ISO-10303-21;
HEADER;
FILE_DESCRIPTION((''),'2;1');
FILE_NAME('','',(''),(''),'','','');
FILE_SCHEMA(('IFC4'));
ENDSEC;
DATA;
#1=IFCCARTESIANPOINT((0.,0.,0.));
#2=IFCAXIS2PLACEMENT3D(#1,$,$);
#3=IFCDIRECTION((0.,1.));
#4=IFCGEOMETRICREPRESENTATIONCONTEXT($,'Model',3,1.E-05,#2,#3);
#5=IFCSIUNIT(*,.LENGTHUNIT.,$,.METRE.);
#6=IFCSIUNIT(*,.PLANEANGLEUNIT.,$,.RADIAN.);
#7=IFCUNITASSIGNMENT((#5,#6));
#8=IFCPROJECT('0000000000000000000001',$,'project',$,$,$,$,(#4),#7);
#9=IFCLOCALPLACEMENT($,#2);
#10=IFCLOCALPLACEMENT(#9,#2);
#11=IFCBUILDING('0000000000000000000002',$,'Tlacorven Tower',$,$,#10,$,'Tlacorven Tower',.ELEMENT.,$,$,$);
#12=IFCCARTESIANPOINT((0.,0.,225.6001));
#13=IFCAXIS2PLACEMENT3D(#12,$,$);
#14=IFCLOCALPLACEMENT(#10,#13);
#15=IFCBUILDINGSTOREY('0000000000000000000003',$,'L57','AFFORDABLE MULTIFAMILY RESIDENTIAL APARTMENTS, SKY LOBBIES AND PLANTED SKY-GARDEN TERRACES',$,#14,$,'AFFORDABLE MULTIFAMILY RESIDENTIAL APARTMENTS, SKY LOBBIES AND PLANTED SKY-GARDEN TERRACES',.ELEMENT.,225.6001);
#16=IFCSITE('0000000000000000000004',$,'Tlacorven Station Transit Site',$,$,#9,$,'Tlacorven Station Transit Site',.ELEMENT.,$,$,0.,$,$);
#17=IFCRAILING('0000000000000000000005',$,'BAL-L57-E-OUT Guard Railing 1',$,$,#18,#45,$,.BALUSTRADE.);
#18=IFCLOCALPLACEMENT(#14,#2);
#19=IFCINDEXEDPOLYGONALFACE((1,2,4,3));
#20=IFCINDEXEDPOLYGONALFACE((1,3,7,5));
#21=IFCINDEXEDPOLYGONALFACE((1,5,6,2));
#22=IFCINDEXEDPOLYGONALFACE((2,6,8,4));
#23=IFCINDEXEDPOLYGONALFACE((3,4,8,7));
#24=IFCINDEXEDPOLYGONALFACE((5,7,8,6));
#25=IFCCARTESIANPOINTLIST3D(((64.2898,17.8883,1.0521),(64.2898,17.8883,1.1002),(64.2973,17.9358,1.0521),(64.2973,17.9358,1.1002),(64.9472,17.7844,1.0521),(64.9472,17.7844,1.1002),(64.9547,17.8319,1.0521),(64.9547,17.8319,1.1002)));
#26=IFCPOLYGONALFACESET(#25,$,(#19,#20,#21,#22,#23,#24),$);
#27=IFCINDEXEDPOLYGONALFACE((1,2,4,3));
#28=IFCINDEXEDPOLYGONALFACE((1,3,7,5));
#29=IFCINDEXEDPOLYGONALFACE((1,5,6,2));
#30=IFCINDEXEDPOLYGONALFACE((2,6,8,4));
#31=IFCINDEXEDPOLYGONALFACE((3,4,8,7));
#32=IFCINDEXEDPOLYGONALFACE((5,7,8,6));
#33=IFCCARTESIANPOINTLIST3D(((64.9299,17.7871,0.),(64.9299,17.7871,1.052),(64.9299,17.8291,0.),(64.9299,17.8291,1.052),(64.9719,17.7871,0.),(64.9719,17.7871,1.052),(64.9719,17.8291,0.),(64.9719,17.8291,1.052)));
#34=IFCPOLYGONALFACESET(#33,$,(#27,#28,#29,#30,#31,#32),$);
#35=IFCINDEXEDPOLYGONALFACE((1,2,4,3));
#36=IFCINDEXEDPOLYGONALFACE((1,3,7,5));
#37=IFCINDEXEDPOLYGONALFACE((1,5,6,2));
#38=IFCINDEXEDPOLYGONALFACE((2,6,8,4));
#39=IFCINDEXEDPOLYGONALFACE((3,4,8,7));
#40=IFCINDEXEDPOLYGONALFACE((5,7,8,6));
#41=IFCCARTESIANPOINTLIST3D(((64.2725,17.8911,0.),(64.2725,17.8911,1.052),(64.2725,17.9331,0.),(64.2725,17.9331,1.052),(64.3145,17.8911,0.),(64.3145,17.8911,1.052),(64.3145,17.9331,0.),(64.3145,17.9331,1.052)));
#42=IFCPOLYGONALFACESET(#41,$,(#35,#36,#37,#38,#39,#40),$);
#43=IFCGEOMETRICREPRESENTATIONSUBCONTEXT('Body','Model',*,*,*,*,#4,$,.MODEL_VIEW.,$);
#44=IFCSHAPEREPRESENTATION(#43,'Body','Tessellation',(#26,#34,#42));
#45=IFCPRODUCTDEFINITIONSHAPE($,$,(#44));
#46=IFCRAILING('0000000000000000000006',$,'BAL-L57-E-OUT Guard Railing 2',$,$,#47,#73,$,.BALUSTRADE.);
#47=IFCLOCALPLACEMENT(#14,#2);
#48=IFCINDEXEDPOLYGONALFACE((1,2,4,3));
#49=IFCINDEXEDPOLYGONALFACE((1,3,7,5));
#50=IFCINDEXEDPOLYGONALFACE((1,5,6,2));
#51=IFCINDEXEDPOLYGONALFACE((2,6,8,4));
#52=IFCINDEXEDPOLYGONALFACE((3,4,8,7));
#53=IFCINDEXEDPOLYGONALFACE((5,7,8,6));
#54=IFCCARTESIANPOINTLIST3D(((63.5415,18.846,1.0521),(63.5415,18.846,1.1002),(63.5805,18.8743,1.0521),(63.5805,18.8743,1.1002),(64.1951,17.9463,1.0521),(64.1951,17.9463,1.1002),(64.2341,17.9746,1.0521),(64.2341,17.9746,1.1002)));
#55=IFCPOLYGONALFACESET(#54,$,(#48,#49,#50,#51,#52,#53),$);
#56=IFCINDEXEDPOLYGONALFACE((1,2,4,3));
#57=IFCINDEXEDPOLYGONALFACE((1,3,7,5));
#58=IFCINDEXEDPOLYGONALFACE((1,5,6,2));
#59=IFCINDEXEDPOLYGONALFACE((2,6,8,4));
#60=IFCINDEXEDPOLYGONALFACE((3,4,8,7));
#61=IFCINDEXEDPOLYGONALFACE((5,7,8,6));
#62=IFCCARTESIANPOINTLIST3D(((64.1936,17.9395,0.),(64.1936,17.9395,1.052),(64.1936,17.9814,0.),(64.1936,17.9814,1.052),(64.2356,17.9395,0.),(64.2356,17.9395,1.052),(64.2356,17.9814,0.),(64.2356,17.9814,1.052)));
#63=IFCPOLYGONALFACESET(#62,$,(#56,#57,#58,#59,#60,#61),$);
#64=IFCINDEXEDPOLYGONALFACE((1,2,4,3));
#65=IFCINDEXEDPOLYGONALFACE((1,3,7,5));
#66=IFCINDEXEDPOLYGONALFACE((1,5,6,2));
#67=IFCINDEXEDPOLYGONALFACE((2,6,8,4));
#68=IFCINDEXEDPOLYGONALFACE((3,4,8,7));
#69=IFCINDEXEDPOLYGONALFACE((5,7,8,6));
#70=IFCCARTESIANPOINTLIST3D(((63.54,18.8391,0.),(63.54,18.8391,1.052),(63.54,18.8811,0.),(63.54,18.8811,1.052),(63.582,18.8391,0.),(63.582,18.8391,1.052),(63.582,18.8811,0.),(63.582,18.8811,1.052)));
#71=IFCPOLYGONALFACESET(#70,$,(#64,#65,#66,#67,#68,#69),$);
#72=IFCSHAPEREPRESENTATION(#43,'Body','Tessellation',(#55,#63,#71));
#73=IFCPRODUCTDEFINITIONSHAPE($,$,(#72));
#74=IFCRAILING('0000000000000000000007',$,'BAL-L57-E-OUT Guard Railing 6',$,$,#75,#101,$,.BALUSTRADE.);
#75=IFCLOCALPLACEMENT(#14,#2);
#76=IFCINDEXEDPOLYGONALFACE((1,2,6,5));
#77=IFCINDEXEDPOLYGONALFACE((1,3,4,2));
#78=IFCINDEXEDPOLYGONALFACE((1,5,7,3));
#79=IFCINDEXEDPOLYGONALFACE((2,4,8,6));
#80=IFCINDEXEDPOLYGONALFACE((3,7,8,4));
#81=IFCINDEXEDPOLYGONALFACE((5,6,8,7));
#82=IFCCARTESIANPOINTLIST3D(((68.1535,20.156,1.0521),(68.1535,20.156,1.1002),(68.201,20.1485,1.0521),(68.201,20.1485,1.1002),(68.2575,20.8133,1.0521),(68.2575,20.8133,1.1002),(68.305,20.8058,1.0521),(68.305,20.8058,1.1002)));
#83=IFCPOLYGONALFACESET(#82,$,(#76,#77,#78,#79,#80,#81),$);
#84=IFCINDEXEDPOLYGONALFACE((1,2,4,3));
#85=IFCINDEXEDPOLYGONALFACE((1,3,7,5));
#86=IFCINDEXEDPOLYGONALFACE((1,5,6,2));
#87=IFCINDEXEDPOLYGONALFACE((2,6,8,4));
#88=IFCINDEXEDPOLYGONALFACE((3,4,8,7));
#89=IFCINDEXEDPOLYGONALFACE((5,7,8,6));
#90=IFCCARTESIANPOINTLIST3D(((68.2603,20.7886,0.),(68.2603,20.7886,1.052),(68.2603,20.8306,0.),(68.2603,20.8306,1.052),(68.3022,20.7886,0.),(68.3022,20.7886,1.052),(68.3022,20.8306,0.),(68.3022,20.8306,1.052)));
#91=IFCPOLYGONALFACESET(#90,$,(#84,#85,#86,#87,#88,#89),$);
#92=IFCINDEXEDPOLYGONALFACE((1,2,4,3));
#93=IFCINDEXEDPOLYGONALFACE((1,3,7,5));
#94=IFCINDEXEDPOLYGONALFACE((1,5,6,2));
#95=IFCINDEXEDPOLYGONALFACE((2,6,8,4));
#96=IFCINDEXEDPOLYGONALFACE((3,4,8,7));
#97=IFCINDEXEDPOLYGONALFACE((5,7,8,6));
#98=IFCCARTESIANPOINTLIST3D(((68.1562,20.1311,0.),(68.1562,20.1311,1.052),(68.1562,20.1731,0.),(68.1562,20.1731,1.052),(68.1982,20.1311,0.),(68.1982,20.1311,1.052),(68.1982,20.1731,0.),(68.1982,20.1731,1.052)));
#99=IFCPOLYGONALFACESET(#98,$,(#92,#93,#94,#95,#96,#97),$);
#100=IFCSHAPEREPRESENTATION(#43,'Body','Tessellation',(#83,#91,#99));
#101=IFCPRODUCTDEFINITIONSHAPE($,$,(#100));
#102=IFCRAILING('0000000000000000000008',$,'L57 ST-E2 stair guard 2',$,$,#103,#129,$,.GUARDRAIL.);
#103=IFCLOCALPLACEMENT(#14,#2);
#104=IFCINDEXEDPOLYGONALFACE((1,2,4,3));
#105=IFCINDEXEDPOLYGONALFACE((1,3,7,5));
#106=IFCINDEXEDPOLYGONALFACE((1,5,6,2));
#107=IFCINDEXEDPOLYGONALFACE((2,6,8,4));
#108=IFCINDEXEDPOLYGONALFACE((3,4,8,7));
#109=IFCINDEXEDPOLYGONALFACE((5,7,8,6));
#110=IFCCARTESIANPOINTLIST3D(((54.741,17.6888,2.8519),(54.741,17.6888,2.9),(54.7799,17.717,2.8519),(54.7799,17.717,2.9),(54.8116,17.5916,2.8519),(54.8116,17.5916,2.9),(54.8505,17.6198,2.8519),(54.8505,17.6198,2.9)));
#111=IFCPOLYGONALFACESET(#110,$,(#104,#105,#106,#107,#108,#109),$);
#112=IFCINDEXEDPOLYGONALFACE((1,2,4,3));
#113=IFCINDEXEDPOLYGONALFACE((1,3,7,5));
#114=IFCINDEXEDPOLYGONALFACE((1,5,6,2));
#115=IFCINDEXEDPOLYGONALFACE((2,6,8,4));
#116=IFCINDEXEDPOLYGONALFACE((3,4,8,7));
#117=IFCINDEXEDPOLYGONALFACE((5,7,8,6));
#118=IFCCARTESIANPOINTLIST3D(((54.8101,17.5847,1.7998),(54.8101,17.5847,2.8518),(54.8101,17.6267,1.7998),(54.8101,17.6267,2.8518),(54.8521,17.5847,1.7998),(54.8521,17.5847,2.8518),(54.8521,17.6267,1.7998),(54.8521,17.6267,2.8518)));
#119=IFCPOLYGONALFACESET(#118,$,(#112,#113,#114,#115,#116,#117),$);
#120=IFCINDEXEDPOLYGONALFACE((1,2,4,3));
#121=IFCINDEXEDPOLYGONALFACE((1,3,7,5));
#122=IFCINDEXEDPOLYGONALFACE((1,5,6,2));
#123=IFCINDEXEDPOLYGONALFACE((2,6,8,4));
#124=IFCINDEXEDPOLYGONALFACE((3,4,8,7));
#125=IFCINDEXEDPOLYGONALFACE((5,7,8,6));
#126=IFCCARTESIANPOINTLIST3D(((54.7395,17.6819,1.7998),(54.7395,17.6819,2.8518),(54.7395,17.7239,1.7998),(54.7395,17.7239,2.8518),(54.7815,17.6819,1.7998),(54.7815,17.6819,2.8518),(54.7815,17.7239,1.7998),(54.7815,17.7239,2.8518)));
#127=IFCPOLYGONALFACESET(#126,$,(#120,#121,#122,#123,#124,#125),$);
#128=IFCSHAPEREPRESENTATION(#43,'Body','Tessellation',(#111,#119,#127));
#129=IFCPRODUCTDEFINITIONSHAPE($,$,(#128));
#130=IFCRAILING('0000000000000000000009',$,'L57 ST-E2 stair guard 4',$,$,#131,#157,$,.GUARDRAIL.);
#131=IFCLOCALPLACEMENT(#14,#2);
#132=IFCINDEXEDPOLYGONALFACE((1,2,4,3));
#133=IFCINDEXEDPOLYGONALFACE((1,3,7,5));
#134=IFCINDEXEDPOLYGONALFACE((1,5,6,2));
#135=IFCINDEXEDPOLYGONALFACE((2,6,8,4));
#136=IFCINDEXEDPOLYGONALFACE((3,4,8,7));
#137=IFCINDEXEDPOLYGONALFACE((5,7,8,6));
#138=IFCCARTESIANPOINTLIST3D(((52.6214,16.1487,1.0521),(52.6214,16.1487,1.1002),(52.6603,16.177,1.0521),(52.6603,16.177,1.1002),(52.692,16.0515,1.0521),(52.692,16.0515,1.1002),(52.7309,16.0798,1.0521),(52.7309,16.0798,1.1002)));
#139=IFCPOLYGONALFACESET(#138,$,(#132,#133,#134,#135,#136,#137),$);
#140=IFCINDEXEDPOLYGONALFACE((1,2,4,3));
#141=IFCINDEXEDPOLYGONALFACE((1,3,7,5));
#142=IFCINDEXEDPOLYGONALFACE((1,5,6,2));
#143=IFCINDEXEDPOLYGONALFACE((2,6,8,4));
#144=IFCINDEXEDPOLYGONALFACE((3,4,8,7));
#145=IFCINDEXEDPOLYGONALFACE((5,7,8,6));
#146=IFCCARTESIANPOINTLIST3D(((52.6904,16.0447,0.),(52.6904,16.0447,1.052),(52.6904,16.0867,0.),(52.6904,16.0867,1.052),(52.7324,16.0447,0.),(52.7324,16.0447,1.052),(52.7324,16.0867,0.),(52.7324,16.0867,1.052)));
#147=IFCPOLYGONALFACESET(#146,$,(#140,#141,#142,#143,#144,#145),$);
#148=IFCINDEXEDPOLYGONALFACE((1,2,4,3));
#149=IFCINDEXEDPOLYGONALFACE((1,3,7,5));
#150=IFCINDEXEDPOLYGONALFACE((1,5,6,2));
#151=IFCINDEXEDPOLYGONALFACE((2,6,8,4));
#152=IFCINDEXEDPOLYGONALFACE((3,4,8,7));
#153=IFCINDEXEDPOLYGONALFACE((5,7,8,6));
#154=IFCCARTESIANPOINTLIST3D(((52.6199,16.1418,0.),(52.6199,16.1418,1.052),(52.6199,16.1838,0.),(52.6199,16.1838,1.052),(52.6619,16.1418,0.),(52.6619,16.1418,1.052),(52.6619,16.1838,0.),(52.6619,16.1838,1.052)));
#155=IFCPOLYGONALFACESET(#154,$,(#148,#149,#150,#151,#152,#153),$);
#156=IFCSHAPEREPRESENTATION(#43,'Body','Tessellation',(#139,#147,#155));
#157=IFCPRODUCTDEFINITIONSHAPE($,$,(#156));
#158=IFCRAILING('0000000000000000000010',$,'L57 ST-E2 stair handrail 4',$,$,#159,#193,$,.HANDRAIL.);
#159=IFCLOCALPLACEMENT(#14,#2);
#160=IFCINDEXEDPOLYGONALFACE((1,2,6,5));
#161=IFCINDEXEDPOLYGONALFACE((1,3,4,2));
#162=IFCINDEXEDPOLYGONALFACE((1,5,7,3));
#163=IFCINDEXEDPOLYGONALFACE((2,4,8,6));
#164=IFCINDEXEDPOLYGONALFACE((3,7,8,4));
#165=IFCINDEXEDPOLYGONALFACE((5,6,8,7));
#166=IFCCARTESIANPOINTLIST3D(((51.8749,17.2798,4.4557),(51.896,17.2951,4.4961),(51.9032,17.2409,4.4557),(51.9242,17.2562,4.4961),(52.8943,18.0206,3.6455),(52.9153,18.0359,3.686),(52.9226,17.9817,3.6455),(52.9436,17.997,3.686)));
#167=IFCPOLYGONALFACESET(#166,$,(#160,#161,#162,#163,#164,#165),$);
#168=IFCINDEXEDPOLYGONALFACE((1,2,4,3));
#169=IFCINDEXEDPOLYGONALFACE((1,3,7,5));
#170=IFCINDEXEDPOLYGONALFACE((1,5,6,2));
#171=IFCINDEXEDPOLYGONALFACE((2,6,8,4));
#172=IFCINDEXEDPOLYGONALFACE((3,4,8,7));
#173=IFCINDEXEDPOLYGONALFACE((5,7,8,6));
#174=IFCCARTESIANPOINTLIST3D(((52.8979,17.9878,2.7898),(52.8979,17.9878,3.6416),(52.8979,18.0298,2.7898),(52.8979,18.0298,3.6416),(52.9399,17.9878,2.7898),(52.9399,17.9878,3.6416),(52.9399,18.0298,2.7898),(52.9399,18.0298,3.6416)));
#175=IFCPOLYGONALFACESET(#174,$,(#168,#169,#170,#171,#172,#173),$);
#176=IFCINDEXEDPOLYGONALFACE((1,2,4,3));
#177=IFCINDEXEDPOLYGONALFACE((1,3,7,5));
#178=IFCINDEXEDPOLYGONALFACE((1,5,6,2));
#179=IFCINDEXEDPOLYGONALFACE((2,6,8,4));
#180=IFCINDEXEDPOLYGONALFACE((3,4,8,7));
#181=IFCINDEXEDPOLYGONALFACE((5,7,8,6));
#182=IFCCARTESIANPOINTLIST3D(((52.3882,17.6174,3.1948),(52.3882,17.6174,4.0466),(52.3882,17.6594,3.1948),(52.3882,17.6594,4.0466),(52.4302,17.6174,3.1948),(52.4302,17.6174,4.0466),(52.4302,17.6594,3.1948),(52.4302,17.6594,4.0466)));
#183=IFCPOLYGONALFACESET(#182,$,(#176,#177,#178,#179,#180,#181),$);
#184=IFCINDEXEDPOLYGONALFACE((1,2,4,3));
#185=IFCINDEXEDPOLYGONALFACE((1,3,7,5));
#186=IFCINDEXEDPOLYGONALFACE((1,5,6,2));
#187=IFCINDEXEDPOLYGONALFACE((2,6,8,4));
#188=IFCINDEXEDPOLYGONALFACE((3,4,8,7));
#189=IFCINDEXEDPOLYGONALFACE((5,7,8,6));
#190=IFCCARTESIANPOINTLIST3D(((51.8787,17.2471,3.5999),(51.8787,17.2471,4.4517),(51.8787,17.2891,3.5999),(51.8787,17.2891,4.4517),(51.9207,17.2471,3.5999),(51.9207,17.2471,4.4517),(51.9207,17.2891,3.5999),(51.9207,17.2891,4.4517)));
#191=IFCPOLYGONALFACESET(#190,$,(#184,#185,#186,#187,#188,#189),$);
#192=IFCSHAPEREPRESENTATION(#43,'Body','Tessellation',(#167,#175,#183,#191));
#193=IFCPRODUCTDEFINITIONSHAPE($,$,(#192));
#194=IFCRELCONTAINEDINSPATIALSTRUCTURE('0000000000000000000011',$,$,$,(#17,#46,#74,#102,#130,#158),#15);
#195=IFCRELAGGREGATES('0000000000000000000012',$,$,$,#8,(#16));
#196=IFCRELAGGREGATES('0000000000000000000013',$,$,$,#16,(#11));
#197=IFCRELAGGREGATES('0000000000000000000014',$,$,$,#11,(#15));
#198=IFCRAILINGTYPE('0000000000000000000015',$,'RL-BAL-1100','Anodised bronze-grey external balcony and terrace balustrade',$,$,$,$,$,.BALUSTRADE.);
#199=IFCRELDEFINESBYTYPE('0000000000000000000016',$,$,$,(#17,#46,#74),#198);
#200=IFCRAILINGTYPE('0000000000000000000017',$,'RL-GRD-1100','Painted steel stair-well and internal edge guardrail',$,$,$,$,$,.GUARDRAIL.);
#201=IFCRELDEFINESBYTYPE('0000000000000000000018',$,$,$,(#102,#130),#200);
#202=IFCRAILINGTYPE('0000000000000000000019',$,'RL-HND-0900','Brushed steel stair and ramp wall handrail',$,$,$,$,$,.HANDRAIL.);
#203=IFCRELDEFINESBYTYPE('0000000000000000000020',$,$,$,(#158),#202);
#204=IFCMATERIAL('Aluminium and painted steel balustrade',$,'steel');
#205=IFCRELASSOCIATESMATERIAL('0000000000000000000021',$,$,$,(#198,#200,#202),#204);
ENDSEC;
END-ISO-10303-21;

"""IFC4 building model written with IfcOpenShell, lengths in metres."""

from ifc_helpers import new_model, si_unit, direction, frame, origin, origin_2d, place, context, subcontext, project, spatial, rectangle, extrude, source, transform, mapped, material, type_object, element, save


model = new_model("IFC4")

# Units and contexts
model_context = context("Model", 3, precision=1e-05, world=origin(), true_north=direction((0.0, 1.0)))
body_context = subcontext(model_context, "Body", "Model", "MODEL_VIEW")
ifc_project = project(units=[si_unit("LENGTHUNIT", "METRE"), si_unit("PLANEANGLEUNIT", "RADIAN")], contexts=[model_context])

# Site, building, storey
site_placement = place(None, origin())
site = spatial("IfcSite", under=ifc_project, at=site_placement, Name="Tlacorven Station Transit Site", LongName="Tlacorven Station Transit Site", CompositionType="ELEMENT", RefElevation=0.0)
building_placement = place(site_placement, origin())
building = spatial("IfcBuilding", under=site, at=building_placement, Name="Tlacorven Tower", LongName="Tlacorven Tower", CompositionType="ELEMENT")
storey_placement = place(building_placement, frame((0.0, 0.0, 225.6001)))
storey = spatial("IfcBuildingStorey", under=building, at=storey_placement, Name="L57", Description="AFFORDABLE MULTIFAMILY RESIDENTIAL APARTMENTS, SKY LOBBIES AND PLANTED SKY-GARDEN TERRACES", LongName="AFFORDABLE MULTIFAMILY RESIDENTIAL APARTMENTS, SKY LOBBIES AND PLANTED SKY-GARDEN TERRACES", CompositionType="ELEMENT", Elevation=225.6001)

# Railings
ifc_material_1 = material(Name="Aluminium and painted steel balustrade", Category="steel")
railing_type_1 = type_object("IfcRailingType", Name="RL-BAL-1100", Description="Anodised bronze-grey external balcony and terrace balustrade", PredefinedType="BALUSTRADE", material=ifc_material_1)
shared_shape_1 = source(origin(), body_context, "Body", "SweptSolid", [
    extrude(rectangle(XDim=0.0481, YDim=0.0481, at=origin_2d()), frame((0.0, 0.0, 1.0762), z_axis=(-0.987718, 0.156245, 0.0), x_axis=(-0.156245, -0.987718, 0.0)), (0.0, 0.0, 1.0), 0.6655),
    extrude(rectangle(XDim=0.042, YDim=0.042, at=origin_2d()), origin(), (0.0, 0.0, 1.0), 1.052),
    extrude(rectangle(XDim=0.042, YDim=0.042, at=origin_2d()), frame((-0.6575, 0.104, 0.0)), (0.0, 0.0, 1.0), 1.052),
])
railing_1_placement = place(storey_placement, frame((64.9509, 17.8081, 0.0)))
element("IfcRailing", 1, at=railing_1_placement, inside=storey, type_object=railing_type_1, Name="BAL-L57-E-OUT Guard Railing 1", PredefinedType="BALUSTRADE", context=body_context, shape_type="MappedRepresentation", body=[
    mapped(shared_shape_1, transform((0.0, 0.0, 0.0), scale=1.0)),
])
shared_shape_2 = source(origin(), body_context, "Body", "SweptSolid", [
    extrude(rectangle(XDim=0.0481, YDim=0.0481, at=origin_2d()), frame((0.0, 0.0, 1.0762), z_axis=(-0.587741, 0.809049, 0.0), x_axis=(-0.809049, -0.587741, 0.0)), (0.0, 0.0, 1.0), 1.1121),
    extrude(rectangle(XDim=0.042, YDim=0.042, at=origin_2d()), origin(), (0.0, 0.0, 1.0), 1.052),
    extrude(rectangle(XDim=0.042, YDim=0.042, at=origin_2d()), frame((-0.6536, 0.8997, 0.0)), (0.0, 0.0, 1.0), 1.052),
])
railing_2_placement = place(storey_placement, frame((64.2146, 17.9604, 0.0)))
element("IfcRailing", 2, at=railing_2_placement, inside=storey, type_object=railing_type_1, Name="BAL-L57-E-OUT Guard Railing 2", PredefinedType="BALUSTRADE", context=body_context, shape_type="MappedRepresentation", body=[
    mapped(shared_shape_2, transform((0.0, 0.0, 0.0), scale=1.0)),
])
shared_shape_3 = source(origin(), body_context, "Body", "SweptSolid", [
    extrude(rectangle(XDim=0.0481, YDim=0.0481, at=origin_2d()), frame((0.0, 0.0, 1.0762), z_axis=(-0.156245, -0.987718, 0.0), x_axis=(0.987718, -0.156245, 0.0)), (0.0, 0.0, 1.0), 0.6655),
    extrude(rectangle(XDim=0.042, YDim=0.042, at=origin_2d()), origin(), (0.0, 0.0, 1.0), 1.052),
    extrude(rectangle(XDim=0.042, YDim=0.042, at=origin_2d()), frame((-0.104, -0.6575, 0.0)), (0.0, 0.0, 1.0), 1.052),
])
railing_3_placement = place(storey_placement, frame((68.2812, 20.8096, 0.0)))
element("IfcRailing", 3, at=railing_3_placement, inside=storey, type_object=railing_type_1, Name="BAL-L57-E-OUT Guard Railing 6", PredefinedType="BALUSTRADE", context=body_context, shape_type="MappedRepresentation", body=[
    mapped(shared_shape_3, transform((0.0, 0.0, 0.0), scale=1.0)),
])
railing_type_2 = type_object("IfcRailingType", Name="RL-GRD-1100", Description="Painted steel stair-well and internal edge guardrail", PredefinedType="GUARDRAIL", material=ifc_material_1)
shared_shape_4 = source(origin(), body_context, "Body", "SweptSolid", [
    extrude(rectangle(XDim=0.0481, YDim=0.0481, at=origin_2d()), frame((0.0, 0.0, 1.0762), z_axis=(-0.587567, 0.809175, 0.0), x_axis=(-0.809175, -0.587567, 0.0)), (0.0, 0.0, 1.0), 0.1201),
    extrude(rectangle(XDim=0.042, YDim=0.042, at=origin_2d()), origin(), (0.0, 0.0, 1.0), 1.052),
    extrude(rectangle(XDim=0.042, YDim=0.042, at=origin_2d()), frame((-0.0706, 0.0972, 0.0)), (0.0, 0.0, 1.0), 1.052),
])
for number, where, name in (
    (4, (54.8311, 17.6057, 1.7998), "L57 ST-E2 stair guard 2"),
    (5, (52.7114, 16.0657, 0.0), "L57 ST-E2 stair guard 4"),
):
    element("IfcRailing", number, at=place(storey_placement, frame(where)), inside=storey, type_object=railing_type_2, Name=name, PredefinedType="GUARDRAIL", context=body_context, shape_type="MappedRepresentation", body=[
        mapped(shared_shape_4, transform((0.0, 0.0, 0.0), scale=1.0)),
    ])
railing_type_3 = type_object("IfcRailingType", Name="RL-HND-0900", Description="Brushed steel stair and ramp wall handrail", PredefinedType="HANDRAIL", material=ifc_material_1)
shared_shape_5 = source(origin(), body_context, "Body", "SweptSolid", [
    extrude(rectangle(XDim=0.0481, YDim=0.0481, at=origin_2d()), frame((0.0, 0.0, 0.876), z_axis=(-0.680461, -0.494496, 0.540783), x_axis=(0.587872, -0.808954, 0.0)), (0.0, 0.0, 1.0), 1.498),
    extrude(rectangle(XDim=0.042, YDim=0.042, at=origin_2d()), origin(), (0.0, 0.0, 1.0), 0.8518),
    extrude(rectangle(XDim=0.042, YDim=0.042, at=origin_2d()), frame((-0.5098, -0.3704, 0.405)), (0.0, 0.0, 1.0), 0.8518),
    extrude(rectangle(XDim=0.042, YDim=0.042, at=origin_2d()), frame((-1.0193, -0.7407, 0.8101)), (0.0, 0.0, 1.0), 0.8518),
])
railing_4_placement = place(storey_placement, frame((52.9189, 18.0088, 2.7898)))
element("IfcRailing", 6, at=railing_4_placement, inside=storey, type_object=railing_type_3, Name="L57 ST-E2 stair handrail 4", PredefinedType="HANDRAIL", context=body_context, shape_type="MappedRepresentation", body=[
    mapped(shared_shape_5, transform((0.0, 0.0, 0.0), scale=1.0)),
])

save(model, "model.ifc")
